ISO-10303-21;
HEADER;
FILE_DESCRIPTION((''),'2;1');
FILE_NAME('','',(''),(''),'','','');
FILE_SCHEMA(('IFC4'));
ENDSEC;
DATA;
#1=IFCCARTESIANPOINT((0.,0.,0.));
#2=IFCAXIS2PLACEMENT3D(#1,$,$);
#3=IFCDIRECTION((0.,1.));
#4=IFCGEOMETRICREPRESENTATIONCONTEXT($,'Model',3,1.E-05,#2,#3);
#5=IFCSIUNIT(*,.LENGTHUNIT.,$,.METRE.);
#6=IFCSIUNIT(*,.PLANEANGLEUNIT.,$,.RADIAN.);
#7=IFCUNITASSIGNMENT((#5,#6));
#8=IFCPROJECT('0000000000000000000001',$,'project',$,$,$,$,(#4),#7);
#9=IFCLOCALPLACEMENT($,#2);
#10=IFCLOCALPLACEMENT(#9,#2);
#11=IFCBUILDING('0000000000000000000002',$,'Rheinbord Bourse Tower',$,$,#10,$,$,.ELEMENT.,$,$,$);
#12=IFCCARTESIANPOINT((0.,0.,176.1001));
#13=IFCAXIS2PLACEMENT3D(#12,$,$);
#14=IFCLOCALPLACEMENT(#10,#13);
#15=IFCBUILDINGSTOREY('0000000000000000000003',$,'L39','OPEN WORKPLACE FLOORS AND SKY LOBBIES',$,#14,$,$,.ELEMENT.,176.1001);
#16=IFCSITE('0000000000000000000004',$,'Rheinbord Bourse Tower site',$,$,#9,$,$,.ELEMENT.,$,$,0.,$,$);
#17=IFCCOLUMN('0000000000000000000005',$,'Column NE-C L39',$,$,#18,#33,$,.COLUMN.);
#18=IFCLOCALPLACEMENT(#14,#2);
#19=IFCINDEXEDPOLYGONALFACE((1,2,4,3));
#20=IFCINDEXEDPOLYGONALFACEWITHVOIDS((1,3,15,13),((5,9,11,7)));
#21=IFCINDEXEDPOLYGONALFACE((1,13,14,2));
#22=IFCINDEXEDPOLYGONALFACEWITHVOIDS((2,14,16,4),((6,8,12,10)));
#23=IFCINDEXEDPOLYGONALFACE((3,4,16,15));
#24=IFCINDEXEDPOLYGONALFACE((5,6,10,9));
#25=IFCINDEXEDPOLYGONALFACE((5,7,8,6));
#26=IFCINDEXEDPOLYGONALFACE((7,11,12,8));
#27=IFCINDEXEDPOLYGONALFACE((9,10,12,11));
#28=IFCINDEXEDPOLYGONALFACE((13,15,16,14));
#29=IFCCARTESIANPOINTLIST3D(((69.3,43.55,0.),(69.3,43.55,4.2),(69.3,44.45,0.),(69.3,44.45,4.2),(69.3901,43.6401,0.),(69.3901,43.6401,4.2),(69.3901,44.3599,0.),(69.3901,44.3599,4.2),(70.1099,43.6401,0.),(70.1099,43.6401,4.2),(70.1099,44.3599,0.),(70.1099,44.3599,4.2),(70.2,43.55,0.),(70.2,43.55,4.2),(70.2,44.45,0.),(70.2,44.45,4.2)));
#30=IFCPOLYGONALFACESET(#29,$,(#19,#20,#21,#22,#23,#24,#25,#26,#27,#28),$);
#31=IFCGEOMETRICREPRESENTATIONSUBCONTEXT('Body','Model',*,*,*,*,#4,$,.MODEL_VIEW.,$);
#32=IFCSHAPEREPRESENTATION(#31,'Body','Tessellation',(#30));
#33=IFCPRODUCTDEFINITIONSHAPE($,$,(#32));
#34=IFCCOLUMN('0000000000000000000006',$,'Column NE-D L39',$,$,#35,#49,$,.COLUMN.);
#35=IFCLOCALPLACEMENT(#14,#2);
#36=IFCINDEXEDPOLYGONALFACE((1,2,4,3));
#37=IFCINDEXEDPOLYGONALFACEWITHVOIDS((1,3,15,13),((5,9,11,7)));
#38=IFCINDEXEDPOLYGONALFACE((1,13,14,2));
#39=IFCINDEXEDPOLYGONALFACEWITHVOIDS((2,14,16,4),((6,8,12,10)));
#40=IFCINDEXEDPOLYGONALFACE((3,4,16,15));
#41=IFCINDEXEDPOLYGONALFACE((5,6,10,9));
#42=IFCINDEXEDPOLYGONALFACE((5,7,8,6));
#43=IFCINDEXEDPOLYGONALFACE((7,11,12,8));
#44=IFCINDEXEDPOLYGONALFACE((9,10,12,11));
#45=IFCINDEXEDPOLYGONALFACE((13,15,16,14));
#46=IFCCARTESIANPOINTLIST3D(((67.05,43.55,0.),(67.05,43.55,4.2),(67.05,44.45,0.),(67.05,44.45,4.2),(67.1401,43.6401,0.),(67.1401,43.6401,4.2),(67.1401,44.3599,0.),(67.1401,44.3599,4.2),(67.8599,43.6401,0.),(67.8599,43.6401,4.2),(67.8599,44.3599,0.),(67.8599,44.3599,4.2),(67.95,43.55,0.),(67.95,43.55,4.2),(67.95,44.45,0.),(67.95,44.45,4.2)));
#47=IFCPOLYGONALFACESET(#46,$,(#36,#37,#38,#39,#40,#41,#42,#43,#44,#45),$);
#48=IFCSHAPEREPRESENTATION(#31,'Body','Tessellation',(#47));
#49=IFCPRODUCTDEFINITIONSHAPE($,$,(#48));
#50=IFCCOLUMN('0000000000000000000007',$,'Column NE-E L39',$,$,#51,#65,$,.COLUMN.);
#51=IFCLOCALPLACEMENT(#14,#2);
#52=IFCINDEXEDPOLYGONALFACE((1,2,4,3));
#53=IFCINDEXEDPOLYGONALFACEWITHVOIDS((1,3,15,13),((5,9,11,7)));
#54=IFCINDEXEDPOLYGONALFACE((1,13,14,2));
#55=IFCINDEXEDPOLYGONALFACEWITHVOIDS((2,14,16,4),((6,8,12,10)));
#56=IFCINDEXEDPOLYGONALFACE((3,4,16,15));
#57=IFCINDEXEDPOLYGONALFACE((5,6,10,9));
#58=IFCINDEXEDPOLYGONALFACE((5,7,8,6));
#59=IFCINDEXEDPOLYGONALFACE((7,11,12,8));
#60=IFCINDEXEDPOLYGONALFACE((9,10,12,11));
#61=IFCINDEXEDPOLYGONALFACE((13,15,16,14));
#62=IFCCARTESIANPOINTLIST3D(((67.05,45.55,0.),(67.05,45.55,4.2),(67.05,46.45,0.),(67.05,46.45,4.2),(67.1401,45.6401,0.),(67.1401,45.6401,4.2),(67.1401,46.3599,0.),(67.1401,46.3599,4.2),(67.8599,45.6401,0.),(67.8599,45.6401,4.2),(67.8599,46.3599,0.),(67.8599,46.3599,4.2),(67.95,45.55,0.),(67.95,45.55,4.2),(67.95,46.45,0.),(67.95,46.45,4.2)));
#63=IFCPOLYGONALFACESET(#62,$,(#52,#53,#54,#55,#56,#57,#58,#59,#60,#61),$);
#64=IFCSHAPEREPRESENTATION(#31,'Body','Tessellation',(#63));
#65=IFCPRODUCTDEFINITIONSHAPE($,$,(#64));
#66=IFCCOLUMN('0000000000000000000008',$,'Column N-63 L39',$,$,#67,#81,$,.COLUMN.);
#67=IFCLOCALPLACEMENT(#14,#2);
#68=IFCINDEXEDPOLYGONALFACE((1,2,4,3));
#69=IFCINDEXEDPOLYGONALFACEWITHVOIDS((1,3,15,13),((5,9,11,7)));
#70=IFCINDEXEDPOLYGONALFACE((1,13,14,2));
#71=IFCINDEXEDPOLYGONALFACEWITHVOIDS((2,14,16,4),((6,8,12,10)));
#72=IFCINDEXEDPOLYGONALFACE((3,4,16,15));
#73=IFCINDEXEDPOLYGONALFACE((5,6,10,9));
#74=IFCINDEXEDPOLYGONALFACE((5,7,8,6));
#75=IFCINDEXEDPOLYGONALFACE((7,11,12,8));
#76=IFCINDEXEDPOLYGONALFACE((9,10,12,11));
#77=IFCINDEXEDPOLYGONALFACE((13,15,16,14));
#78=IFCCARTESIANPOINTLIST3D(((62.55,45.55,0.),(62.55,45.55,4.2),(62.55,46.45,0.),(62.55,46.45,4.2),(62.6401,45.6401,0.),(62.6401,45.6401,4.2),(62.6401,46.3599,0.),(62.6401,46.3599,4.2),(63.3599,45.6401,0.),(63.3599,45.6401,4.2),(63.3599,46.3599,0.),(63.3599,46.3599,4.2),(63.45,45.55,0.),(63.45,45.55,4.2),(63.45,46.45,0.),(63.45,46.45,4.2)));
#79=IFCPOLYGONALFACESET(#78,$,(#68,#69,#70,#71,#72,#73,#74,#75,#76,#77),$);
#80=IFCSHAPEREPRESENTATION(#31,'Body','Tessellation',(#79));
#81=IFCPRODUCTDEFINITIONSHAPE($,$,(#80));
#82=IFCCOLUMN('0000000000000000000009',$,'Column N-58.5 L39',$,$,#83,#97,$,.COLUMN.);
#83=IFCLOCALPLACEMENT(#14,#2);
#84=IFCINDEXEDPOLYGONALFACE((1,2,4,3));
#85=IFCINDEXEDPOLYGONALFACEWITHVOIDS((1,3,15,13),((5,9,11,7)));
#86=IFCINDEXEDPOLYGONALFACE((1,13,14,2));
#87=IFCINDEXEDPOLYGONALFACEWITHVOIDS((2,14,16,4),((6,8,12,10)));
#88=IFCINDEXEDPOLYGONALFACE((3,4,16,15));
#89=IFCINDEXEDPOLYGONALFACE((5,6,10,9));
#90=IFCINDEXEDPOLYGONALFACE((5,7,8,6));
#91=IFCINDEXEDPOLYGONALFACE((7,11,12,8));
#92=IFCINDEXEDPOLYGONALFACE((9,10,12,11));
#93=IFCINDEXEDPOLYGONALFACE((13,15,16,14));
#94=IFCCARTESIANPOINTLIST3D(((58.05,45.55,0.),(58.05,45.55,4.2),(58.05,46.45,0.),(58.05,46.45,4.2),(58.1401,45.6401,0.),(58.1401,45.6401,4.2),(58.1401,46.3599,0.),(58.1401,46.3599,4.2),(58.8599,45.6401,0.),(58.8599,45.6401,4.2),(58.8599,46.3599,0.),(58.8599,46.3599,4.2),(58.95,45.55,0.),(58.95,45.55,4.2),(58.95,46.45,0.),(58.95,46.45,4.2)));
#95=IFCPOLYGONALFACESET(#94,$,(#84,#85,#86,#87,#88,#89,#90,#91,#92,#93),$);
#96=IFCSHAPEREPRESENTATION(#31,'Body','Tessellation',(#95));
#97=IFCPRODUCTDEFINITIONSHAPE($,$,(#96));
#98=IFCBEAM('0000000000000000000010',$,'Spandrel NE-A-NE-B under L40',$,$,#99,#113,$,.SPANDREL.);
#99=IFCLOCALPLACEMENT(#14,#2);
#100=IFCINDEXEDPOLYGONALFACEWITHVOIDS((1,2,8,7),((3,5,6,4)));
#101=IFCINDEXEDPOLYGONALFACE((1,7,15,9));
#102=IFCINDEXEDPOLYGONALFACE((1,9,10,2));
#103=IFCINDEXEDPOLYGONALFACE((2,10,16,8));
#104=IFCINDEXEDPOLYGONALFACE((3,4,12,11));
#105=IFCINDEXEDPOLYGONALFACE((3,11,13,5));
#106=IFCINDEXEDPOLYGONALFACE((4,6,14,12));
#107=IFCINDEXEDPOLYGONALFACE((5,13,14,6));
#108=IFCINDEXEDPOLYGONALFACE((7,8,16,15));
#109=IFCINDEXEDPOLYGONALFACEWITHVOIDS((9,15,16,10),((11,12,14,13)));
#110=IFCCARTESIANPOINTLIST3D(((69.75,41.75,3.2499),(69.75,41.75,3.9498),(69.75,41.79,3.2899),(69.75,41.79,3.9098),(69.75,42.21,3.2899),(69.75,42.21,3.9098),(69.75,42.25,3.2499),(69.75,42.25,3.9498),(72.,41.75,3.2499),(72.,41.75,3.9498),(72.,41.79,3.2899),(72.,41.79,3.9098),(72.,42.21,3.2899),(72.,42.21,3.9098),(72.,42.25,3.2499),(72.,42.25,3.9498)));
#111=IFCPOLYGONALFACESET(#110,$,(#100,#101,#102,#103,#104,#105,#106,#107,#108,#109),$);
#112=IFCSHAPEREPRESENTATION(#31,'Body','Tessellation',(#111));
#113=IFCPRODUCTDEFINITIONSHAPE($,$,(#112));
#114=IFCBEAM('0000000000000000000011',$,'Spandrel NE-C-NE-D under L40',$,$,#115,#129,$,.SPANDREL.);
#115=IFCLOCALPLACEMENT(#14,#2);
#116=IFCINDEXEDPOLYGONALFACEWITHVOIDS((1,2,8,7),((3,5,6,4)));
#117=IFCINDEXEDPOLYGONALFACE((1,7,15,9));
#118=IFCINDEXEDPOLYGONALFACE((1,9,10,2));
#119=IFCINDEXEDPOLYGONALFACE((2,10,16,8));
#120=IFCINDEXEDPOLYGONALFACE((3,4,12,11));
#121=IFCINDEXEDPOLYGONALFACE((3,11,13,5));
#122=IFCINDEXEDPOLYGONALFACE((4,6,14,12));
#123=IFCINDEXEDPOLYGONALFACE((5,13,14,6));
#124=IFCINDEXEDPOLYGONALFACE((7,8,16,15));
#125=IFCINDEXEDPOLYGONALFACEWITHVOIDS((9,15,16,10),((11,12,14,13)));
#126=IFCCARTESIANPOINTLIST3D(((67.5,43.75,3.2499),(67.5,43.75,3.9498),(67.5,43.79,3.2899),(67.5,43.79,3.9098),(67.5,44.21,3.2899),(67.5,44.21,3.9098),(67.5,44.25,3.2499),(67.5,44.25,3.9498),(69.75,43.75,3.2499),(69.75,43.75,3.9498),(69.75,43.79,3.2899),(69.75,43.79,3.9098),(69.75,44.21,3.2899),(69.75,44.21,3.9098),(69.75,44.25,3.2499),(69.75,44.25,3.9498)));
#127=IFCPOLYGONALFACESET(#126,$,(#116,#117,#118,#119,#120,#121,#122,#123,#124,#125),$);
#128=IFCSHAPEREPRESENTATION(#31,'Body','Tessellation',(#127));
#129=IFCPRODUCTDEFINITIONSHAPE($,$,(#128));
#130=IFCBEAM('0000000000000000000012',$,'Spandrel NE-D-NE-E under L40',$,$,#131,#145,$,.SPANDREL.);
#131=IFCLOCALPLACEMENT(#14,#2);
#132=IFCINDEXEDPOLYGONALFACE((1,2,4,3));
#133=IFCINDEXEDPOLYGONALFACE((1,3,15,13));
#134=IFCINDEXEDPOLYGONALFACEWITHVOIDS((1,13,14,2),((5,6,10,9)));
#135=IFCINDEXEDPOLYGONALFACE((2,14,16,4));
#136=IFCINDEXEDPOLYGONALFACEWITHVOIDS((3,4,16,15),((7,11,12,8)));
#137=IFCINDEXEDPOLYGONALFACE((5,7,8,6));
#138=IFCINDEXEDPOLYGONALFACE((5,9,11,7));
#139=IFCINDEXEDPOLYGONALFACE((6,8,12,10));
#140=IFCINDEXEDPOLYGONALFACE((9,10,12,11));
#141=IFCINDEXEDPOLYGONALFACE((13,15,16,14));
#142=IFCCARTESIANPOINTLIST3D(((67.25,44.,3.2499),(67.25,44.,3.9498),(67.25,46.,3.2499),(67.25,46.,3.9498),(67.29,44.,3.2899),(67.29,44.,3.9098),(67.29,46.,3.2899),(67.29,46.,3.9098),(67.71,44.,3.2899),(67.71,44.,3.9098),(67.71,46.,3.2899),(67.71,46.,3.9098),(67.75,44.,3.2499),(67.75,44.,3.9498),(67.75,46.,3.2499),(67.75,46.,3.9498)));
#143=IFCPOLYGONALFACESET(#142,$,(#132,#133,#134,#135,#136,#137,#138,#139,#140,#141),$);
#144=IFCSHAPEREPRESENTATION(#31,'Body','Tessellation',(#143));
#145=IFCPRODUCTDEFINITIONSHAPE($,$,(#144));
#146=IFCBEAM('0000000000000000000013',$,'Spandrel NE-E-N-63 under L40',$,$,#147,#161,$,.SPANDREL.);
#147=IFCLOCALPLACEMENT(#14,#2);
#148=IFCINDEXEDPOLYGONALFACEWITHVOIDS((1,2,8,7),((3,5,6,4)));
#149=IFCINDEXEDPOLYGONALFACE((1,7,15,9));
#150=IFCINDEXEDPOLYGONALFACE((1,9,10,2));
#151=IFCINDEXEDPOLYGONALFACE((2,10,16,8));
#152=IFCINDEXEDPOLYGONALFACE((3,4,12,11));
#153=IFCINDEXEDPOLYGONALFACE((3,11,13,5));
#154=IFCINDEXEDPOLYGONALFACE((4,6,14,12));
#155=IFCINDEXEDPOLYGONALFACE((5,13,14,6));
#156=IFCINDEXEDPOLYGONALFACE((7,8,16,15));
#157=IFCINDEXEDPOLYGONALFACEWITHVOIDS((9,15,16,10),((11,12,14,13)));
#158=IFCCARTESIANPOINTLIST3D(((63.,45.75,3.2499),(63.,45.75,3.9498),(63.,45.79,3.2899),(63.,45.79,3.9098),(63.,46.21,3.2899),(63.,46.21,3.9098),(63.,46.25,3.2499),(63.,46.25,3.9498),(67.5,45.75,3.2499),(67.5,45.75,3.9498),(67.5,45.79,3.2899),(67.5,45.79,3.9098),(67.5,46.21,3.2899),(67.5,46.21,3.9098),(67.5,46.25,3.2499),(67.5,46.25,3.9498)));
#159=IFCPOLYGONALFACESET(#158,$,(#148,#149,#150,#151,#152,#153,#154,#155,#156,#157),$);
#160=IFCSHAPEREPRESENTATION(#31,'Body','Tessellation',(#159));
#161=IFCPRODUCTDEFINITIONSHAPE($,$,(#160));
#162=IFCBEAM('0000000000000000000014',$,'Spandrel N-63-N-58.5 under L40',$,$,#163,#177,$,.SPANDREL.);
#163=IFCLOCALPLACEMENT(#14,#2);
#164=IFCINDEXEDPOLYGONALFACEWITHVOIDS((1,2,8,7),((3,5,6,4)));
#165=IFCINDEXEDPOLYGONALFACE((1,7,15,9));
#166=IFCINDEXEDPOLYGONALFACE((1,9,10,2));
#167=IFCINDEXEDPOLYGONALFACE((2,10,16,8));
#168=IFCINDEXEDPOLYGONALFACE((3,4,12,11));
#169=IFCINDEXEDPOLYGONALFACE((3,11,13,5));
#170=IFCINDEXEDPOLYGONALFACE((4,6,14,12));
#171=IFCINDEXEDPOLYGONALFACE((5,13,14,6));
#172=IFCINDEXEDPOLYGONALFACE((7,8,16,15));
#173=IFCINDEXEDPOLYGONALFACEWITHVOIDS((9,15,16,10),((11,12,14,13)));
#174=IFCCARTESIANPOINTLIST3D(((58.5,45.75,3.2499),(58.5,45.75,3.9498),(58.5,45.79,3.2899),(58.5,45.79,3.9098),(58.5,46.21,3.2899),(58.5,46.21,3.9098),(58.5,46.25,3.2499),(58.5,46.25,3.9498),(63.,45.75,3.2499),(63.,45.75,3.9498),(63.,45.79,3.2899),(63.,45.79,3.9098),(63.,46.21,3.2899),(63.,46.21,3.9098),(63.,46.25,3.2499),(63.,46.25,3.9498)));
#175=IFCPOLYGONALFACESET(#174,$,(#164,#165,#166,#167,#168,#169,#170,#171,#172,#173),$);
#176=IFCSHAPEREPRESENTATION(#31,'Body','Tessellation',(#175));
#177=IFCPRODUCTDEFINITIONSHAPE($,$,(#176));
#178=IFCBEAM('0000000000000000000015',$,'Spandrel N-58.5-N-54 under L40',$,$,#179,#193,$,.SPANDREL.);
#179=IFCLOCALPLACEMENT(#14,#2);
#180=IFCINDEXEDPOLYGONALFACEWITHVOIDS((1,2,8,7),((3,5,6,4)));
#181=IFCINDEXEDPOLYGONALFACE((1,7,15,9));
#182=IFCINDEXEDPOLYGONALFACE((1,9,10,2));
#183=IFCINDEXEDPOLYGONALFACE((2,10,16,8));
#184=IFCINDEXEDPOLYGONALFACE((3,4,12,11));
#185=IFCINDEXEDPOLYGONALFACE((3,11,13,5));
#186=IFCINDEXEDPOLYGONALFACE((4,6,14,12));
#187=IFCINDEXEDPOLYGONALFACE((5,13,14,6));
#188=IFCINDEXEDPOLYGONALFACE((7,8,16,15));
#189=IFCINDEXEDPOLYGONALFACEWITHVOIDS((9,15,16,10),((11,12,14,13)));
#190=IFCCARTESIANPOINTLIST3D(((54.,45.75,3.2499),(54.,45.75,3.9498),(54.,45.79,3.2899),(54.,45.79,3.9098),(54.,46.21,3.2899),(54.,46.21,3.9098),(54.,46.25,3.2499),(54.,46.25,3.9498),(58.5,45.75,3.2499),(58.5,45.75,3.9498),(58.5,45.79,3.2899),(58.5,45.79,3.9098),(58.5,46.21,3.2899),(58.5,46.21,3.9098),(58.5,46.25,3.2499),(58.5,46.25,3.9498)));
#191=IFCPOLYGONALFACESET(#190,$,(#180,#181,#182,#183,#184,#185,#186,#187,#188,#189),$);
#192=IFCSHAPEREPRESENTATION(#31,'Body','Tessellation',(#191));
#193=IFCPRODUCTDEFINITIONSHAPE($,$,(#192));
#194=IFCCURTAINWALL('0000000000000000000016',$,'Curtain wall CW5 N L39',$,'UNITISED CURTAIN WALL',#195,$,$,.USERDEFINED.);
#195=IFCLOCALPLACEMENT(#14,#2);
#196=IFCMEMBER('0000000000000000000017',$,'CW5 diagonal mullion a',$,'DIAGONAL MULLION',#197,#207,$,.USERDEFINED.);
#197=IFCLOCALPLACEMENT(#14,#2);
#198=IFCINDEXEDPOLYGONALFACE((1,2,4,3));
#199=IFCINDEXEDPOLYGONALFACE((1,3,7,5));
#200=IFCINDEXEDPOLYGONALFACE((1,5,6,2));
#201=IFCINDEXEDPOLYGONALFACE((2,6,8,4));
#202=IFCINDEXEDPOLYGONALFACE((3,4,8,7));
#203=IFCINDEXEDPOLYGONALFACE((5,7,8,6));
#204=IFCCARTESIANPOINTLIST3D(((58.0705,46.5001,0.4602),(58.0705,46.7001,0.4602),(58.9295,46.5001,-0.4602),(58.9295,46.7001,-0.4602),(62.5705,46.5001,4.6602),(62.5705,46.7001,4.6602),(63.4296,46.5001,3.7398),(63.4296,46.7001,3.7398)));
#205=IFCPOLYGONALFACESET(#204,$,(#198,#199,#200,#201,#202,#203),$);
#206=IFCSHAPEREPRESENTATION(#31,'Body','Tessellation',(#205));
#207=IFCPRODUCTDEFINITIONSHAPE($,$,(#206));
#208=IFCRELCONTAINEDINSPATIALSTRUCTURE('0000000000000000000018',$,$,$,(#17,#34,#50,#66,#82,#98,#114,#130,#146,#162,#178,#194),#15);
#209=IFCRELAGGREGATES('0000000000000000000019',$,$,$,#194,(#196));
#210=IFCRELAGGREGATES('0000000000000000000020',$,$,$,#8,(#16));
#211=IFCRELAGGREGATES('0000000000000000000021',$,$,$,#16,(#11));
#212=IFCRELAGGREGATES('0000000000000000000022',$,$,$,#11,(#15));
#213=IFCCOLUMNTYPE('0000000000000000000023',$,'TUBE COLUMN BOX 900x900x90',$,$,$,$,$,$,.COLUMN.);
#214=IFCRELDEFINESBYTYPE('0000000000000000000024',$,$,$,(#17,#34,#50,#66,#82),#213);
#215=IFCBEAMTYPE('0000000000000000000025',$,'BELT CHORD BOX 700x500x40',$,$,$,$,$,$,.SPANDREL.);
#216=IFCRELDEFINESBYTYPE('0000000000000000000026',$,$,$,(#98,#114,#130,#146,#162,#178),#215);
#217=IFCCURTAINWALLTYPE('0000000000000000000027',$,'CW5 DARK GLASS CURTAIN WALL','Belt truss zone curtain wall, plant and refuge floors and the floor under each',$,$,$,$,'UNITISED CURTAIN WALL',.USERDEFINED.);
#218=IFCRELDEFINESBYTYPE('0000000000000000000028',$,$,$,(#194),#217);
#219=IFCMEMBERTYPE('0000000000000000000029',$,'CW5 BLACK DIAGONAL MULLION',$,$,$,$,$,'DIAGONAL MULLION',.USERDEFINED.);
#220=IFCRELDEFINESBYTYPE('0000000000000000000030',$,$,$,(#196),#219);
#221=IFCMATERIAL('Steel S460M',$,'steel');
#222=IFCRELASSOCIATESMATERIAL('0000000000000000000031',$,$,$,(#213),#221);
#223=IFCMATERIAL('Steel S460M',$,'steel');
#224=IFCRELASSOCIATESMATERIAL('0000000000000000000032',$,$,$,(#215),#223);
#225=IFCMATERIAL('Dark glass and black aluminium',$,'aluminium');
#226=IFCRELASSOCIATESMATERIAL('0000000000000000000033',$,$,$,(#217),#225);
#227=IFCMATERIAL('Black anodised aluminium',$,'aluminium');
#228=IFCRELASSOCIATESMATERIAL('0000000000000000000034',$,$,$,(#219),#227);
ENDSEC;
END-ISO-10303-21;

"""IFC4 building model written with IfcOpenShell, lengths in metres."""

from ifc_helpers import new_model, si_unit, direction, frame, origin, origin_2d, place, context, subcontext, project, spatial, rectangle, hollow_rectangle, extrude, material, material_profile, profile_set, type_object, element, aggregate, save


model = new_model("IFC4")

# Units and contexts
model_context = context("Model", 3, precision=1e-05, world=origin(), true_north=direction((0.0, 1.0)))
body_context = subcontext(model_context, "Body", "Model", "MODEL_VIEW")
ifc_project = project(units=[si_unit("LENGTHUNIT", "METRE"), si_unit("PLANEANGLEUNIT", "RADIAN")], contexts=[model_context])

# Site, building, storey
site_placement = place(None, origin())
site = spatial("IfcSite", under=ifc_project, at=site_placement, Name="Rheinbord Bourse Tower site", CompositionType="ELEMENT", RefElevation=0.0)
building_placement = place(site_placement, origin())
building = spatial("IfcBuilding", under=site, at=building_placement, Name="Rheinbord Bourse Tower", CompositionType="ELEMENT")
storey_placement = place(building_placement, frame((0.0, 0.0, 176.1001)))
storey = spatial("IfcBuildingStorey", under=building, at=storey_placement, Name="L39", Description="OPEN WORKPLACE FLOORS AND SKY LOBBIES", CompositionType="ELEMENT", Elevation=176.1001)

# Columns
ifc_material_1 = material(Name="Steel S460M", Category="steel")
ifc_material_profile_1 = material_profile(ifc_material_1, hollow_rectangle(XDim=0.8999, YDim=0.8999, WallThickness=0.0901, at=origin_2d()), Name="BOX 900x900x90")
ifc_profile_set_1 = profile_set([ifc_material_profile_1], Name="Steel S460M")
column_type = type_object("IfcColumnType", Name="TUBE COLUMN BOX 900x900x90", PredefinedType="COLUMN", material=ifc_profile_set_1)
for number, where, z_axis, x_axis, name in (
    (1, (69.75, 44.0, 0.0), (0.0, 0.0, 1.0), (1.0, 0.0, 0.0), "Column NE-C L39"),
    (2, (67.5, 44.0, 0.0), (0.0, 0.0, 1.0), (0.0, 1.0, 0.0), "Column NE-D L39"),
    (3, (67.5, 46.0, 0.0), (0.0, 0.0, 1.0), (0.0, 1.0, 0.0), "Column NE-E L39"),
    (4, (63.0, 46.0, 0.0), (0.0, 0.0, 1.0), (0.0, 1.0, 0.0), "Column N-63 L39"),
    (5, (58.5, 46.0, 0.0), (0.0, 0.0, 1.0), (0.0, 1.0, 0.0), "Column N-58.5 L39"),
):
    element("IfcColumn", number, at=place(storey_placement, frame(where, z_axis=z_axis, x_axis=x_axis)), inside=storey, type_object=column_type, Name=name, PredefinedType="COLUMN", context=body_context, shape_type="SweptSolid", body=[
        extrude(hollow_rectangle(XDim=0.8999, YDim=0.8999, WallThickness=0.0901, at=origin_2d()), origin(), (0.0, 0.0, 1.0), 4.2),
    ])

# Beams
ifc_material_2 = material(Name="Steel S460M", Category="steel")
ifc_material_profile_2 = material_profile(ifc_material_2, hollow_rectangle(XDim=0.5, YDim=0.7, WallThickness=0.04, at=origin_2d()), Name="BOX 700x500x40")
ifc_profile_set_2 = profile_set([ifc_material_profile_2], Name="Steel S460M")
beam_type_1 = type_object("IfcBeamType", Name="BELT CHORD BOX 700x500x40", PredefinedType="SPANDREL", material=ifc_profile_set_2)
for number, where, z_axis, x_axis, name in (
    (6, (72.0, 42.0, 3.5999), (-1.0, 0.0, 0.0), (0.0, -1.0, 0.0), "Spandrel NE-A-NE-B under L40"),
    (7, (69.75, 44.0, 3.5999), (-1.0, 0.0, 0.0), (0.0, -1.0, 0.0), "Spandrel NE-C-NE-D under L40"),
):
    element("IfcBeam", number, at=place(storey_placement, frame(where, z_axis=z_axis, x_axis=x_axis)), inside=storey, type_object=beam_type_1, Name=name, PredefinedType="SPANDREL", context=body_context, shape_type="SweptSolid", body=[
        extrude(hollow_rectangle(XDim=0.5, YDim=0.7, WallThickness=0.04, at=origin_2d()), origin(), (0.0, 0.0, 1.0), 2.25),
    ])
beam_placement = place(storey_placement, frame((67.5, 44.0, 3.5999), z_axis=(0.0, 1.0, 0.0), x_axis=(-1.0, 0.0, 0.0)))
element("IfcBeam", 8, at=beam_placement, inside=storey, type_object=beam_type_1, Name="Spandrel NE-D-NE-E under L40", PredefinedType="SPANDREL", context=body_context, shape_type="SweptSolid", body=[
    extrude(hollow_rectangle(XDim=0.5, YDim=0.7, WallThickness=0.04, at=origin_2d()), origin(), (0.0, 0.0, 1.0), 2.0),
])
for number, where, z_axis, x_axis, name in (
    (9, (67.5, 46.0, 3.5999), (-1.0, 0.0, 0.0), (0.0, -1.0, 0.0), "Spandrel NE-E-N-63 under L40"),
    (10, (63.0, 46.0, 3.5999), (-1.0, 0.0, 0.0), (0.0, -1.0, 0.0), "Spandrel N-63-N-58.5 under L40"),
    (11, (58.5, 46.0, 3.5999), (-1.0, 0.0, 0.0), (0.0, -1.0, 0.0), "Spandrel N-58.5-N-54 under L40"),
):
    element("IfcBeam", number, at=place(storey_placement, frame(where, z_axis=z_axis, x_axis=x_axis)), inside=storey, type_object=beam_type_1, Name=name, PredefinedType="SPANDREL", context=body_context, shape_type="SweptSolid", body=[
        extrude(hollow_rectangle(XDim=0.5, YDim=0.7, WallThickness=0.04, at=origin_2d()), origin(), (0.0, 0.0, 1.0), 4.5),
    ])

# Curtain wall, member
ifc_material_3 = material(Name="Dark glass and black aluminium", Category="aluminium")
curtain_wall_type = type_object("IfcCurtainWallType", Name="CW5 DARK GLASS CURTAIN WALL", Description="Belt truss zone curtain wall, plant and refuge floors and the floor under each", ElementType="UNITISED CURTAIN WALL", PredefinedType="USERDEFINED", material=ifc_material_3)
curtain_wall_1_placement = place(storey_placement, origin())
curtain_wall_1 = element("IfcCurtainWall", 12, at=curtain_wall_1_placement, inside=storey, type_object=curtain_wall_type, Name="Curtain wall CW5 N L39", ObjectType="UNITISED CURTAIN WALL", PredefinedType="USERDEFINED")
ifc_material_4 = material(Name="Black anodised aluminium", Category="aluminium")
ifc_material_profile_3 = material_profile(ifc_material_4, rectangle(XDim=0.2, YDim=1.259, at=origin_2d()), Name="CW5 DIAGONAL MULLION 1259x200")
ifc_profile_set_3 = profile_set([ifc_material_profile_3], Name="Black anodised aluminium")
member_type_1 = type_object("IfcMemberType", Name="CW5 BLACK DIAGONAL MULLION", ElementType="DIAGONAL MULLION", PredefinedType="USERDEFINED", material=ifc_profile_set_3)
member_1_placement = place(storey_placement, frame((58.5, 46.6001, 0.0), z_axis=(0.731059, 0.0, 0.682314), x_axis=(0.0, 1.0, 0.0)))
member_1 = element("IfcMember", 13, at=member_1_placement, type_object=member_type_1, Name="CW5 diagonal mullion a", ObjectType="DIAGONAL MULLION", PredefinedType="USERDEFINED", context=body_context, shape_type="SweptSolid", body=[
    extrude(rectangle(XDim=0.2, YDim=1.259, at=origin_2d()), origin(), (0.0, 0.0, 1.0), 6.1555),
])

aggregate(curtain_wall_1, [member_1])

save(model, "model.ifc")
